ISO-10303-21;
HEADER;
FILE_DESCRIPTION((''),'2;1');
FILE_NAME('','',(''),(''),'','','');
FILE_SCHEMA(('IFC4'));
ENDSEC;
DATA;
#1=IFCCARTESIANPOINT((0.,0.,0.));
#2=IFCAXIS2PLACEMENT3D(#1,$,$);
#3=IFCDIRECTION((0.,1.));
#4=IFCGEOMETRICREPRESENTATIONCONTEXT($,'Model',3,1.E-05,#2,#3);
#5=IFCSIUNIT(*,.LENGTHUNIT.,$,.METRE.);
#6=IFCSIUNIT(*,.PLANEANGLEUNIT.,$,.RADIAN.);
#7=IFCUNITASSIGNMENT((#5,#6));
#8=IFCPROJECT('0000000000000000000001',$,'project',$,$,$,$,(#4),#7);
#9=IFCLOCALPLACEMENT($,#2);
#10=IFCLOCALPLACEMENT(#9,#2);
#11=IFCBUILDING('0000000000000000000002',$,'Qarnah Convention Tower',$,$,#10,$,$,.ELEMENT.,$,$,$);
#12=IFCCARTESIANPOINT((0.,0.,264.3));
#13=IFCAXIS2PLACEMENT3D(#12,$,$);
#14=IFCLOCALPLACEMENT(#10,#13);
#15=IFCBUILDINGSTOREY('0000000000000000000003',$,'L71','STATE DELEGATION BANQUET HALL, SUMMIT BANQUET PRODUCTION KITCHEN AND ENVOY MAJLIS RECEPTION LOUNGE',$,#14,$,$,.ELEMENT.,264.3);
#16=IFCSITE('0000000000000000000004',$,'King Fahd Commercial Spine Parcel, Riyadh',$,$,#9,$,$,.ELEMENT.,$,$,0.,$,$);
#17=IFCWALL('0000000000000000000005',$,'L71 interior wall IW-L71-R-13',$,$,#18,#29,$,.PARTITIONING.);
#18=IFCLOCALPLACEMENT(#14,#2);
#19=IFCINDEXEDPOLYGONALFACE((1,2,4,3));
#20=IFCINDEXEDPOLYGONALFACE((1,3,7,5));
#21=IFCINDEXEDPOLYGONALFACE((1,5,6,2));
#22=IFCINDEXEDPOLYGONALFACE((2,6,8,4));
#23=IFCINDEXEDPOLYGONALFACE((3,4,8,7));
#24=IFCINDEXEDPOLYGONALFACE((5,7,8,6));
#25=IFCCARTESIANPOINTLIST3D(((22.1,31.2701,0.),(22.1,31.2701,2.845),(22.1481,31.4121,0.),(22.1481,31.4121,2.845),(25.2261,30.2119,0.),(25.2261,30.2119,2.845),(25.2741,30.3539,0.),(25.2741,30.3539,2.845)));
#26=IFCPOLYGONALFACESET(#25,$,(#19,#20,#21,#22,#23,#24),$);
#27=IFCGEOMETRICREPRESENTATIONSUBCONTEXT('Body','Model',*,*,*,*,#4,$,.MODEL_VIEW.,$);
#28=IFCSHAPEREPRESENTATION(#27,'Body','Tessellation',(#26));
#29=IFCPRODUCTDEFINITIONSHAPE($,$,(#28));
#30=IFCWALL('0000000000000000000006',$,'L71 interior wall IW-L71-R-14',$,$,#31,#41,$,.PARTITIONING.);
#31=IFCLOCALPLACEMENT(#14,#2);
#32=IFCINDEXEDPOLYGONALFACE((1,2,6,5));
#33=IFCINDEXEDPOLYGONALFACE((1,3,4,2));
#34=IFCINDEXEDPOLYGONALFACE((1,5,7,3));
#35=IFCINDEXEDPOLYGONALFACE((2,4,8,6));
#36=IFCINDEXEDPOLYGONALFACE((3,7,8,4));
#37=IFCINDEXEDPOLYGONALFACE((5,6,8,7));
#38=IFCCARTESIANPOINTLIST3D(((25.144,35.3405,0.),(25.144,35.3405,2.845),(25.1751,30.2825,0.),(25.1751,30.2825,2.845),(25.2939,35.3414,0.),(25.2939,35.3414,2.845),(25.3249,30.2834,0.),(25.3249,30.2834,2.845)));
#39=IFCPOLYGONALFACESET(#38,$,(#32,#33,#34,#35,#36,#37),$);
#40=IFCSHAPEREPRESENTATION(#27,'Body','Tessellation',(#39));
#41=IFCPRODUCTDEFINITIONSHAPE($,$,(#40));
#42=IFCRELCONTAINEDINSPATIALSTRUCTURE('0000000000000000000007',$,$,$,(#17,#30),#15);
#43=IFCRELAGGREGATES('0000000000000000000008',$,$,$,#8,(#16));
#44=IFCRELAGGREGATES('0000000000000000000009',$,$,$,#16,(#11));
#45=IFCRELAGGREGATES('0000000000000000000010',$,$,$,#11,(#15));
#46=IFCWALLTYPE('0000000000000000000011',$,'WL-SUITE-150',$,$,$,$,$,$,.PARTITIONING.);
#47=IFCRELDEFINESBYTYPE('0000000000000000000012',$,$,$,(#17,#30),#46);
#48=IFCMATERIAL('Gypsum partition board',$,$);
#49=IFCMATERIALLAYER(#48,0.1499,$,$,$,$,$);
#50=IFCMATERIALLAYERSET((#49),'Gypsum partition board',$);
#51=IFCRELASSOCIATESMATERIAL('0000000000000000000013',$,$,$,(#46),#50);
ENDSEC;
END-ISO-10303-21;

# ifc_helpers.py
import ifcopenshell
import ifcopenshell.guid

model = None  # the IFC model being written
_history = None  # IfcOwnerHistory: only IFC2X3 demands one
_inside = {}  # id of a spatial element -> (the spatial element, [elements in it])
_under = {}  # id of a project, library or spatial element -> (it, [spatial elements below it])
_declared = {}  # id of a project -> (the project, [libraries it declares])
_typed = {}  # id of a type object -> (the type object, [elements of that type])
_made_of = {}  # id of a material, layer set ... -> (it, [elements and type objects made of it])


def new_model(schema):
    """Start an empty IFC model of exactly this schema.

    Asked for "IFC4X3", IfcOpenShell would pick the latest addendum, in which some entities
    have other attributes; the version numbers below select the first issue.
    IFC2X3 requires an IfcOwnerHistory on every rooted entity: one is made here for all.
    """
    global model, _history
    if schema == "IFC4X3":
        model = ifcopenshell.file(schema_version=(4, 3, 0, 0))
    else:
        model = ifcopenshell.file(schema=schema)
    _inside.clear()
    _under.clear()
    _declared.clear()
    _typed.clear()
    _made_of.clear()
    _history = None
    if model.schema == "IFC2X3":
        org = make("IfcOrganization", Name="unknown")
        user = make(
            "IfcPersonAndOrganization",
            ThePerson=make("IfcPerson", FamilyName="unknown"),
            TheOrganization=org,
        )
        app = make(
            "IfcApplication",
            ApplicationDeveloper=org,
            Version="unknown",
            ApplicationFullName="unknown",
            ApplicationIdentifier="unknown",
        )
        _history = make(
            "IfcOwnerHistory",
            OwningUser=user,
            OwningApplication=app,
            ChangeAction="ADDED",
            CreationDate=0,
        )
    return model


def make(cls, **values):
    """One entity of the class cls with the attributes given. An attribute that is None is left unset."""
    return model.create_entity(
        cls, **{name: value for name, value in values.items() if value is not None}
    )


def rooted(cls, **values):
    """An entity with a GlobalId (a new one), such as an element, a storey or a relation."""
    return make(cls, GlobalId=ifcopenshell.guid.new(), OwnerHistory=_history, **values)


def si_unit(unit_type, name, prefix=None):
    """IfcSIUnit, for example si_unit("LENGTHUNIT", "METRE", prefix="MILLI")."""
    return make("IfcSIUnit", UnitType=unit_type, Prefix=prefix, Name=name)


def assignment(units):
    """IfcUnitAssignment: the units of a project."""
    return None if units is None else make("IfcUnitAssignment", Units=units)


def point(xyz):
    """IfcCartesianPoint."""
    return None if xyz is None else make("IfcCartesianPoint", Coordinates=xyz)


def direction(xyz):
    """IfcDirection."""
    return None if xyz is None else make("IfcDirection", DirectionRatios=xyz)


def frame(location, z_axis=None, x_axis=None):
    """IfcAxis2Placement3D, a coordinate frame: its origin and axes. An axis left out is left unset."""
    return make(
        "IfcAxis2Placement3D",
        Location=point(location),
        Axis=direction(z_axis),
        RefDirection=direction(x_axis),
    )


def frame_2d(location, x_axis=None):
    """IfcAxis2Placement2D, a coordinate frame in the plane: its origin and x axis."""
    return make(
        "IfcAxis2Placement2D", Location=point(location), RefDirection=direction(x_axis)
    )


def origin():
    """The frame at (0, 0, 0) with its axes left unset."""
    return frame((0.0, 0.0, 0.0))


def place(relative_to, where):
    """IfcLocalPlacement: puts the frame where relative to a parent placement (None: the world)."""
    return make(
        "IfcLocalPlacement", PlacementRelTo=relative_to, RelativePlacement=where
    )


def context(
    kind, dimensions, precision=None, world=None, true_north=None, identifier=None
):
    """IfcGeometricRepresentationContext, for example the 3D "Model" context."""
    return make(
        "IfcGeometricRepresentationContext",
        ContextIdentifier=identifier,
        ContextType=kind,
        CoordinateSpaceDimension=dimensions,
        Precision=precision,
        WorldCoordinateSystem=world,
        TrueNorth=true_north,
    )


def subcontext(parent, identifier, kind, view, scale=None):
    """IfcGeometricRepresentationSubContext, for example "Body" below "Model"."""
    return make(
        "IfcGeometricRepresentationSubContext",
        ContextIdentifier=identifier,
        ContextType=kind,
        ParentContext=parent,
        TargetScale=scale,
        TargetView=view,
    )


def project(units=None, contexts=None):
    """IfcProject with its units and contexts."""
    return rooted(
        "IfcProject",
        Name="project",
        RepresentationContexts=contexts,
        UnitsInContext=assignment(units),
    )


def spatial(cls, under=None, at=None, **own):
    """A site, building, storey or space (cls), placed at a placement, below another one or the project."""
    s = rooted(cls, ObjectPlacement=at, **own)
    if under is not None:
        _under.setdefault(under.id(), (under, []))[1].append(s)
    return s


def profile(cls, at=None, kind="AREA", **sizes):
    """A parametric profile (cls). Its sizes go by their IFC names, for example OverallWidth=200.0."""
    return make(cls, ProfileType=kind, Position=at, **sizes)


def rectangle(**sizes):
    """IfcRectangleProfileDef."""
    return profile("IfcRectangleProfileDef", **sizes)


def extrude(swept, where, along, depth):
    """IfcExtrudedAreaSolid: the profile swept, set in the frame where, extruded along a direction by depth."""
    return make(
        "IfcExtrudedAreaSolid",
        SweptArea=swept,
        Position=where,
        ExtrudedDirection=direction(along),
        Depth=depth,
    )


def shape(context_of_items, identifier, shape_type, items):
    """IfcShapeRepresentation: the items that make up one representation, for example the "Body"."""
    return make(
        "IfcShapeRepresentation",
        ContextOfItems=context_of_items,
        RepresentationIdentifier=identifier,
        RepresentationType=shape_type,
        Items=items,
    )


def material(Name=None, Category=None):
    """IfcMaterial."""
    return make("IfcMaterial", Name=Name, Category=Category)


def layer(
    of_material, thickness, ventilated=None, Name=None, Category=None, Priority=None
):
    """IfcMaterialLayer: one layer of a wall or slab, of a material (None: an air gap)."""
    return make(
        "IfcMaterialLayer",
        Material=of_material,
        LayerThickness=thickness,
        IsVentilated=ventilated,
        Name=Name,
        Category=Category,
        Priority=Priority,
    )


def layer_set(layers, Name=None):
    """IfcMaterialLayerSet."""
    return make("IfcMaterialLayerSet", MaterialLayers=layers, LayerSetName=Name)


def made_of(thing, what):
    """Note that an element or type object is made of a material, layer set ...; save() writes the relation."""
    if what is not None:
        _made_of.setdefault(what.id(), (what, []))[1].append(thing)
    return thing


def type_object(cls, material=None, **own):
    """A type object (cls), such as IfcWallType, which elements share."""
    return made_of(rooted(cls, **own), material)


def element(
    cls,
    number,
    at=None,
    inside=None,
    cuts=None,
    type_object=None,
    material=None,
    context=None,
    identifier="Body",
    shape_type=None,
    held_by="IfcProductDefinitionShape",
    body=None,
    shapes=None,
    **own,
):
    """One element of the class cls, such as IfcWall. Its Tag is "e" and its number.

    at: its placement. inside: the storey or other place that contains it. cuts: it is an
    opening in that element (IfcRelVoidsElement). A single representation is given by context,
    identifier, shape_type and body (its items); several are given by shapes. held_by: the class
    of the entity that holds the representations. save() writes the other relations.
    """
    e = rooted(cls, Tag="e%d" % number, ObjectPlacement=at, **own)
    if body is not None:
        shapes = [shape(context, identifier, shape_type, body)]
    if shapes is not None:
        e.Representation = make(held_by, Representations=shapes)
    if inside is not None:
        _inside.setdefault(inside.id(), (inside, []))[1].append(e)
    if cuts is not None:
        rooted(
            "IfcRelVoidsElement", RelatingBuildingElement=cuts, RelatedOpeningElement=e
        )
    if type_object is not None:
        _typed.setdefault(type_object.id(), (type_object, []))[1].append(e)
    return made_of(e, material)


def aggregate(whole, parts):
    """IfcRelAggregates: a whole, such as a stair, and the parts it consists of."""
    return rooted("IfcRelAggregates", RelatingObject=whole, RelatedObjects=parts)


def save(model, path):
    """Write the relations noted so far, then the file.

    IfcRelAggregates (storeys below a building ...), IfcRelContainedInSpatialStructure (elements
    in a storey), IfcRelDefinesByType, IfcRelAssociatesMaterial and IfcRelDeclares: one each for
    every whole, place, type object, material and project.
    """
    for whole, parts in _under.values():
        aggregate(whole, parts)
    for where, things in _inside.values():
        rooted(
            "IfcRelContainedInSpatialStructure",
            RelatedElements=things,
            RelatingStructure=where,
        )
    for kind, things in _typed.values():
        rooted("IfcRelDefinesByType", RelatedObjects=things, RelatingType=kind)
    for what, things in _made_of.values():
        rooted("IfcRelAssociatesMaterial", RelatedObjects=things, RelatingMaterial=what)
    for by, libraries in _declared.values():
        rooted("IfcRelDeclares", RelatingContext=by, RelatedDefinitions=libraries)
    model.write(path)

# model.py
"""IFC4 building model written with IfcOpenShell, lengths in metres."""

from ifc_helpers import new_model, si_unit, direction, frame, frame_2d, origin, place, context, subcontext, project, spatial, rectangle, extrude, material, layer, layer_set, type_object, element, save


model = new_model("IFC4")

# Units and contexts
model_context = context("Model", 3, precision=1e-05, world=origin(), true_north=direction((0.0, 1.0)))
body_context = subcontext(model_context, "Body", "Model", "MODEL_VIEW")
ifc_project = project(units=[si_unit("LENGTHUNIT", "METRE"), si_unit("PLANEANGLEUNIT", "RADIAN")], contexts=[model_context])

# Site, building, storey
site_placement = place(None, origin())
site = spatial("IfcSite", under=ifc_project, at=site_placement, Name="King Fahd Commercial Spine Parcel, Riyadh", CompositionType="ELEMENT", RefElevation=0.0)
building_placement = place(site_placement, origin())
building = spatial("IfcBuilding", under=site, at=building_placement, Name="Qarnah Convention Tower", CompositionType="ELEMENT")
storey_placement = place(building_placement, frame((0.0, 0.0, 264.3)))
storey = spatial("IfcBuildingStorey", under=building, at=storey_placement, Name="L71", Description="STATE DELEGATION BANQUET HALL, SUMMIT BANQUET PRODUCTION KITCHEN AND ENVOY MAJLIS RECEPTION LOUNGE", CompositionType="ELEMENT", Elevation=264.3)

# Walls
ifc_material_1 = material(Name="Gypsum partition board")
ifc_layer_1 = layer(ifc_material_1, 0.1499)
ifc_layer_set_1 = layer_set([ifc_layer_1], Name="Gypsum partition board")
wall_type_1 = type_object("IfcWallType", Name="WL-SUITE-150", PredefinedType="PARTITIONING", material=ifc_layer_set_1)
wall_1_placement = place(storey_placement, frame((22.124, 31.3411, 0.0), z_axis=(0.0, 0.0, 1.0), x_axis=(0.947208, -0.320619, 0.0)))
element("IfcWall", 1, at=wall_1_placement, inside=storey, type_object=wall_type_1, Name="L71 interior wall IW-L71-R-13", PredefinedType="PARTITIONING", context=body_context, shape_type="SweptSolid", body=[
    extrude(rectangle(XDim=3.3003, YDim=0.1499, at=frame_2d((1.6501, 0.0))), origin(), (0.0, 0.0, 1.0), 2.845),
])
wall_2_placement = place(storey_placement, frame((25.25, 30.283, 0.0), z_axis=(0.0, 0.0, 1.0), x_axis=(-0.00613, 0.999981, 0.0)))
element("IfcWall", 2, at=wall_2_placement, inside=storey, type_object=wall_type_1, Name="L71 interior wall IW-L71-R-14", PredefinedType="PARTITIONING", context=body_context, shape_type="SweptSolid", body=[
    extrude(rectangle(XDim=5.0581, YDim=0.1499, at=frame_2d((2.5291, 0.0))), origin(), (0.0, 0.0, 1.0), 2.845),
])

save(model, "model.ifc")
